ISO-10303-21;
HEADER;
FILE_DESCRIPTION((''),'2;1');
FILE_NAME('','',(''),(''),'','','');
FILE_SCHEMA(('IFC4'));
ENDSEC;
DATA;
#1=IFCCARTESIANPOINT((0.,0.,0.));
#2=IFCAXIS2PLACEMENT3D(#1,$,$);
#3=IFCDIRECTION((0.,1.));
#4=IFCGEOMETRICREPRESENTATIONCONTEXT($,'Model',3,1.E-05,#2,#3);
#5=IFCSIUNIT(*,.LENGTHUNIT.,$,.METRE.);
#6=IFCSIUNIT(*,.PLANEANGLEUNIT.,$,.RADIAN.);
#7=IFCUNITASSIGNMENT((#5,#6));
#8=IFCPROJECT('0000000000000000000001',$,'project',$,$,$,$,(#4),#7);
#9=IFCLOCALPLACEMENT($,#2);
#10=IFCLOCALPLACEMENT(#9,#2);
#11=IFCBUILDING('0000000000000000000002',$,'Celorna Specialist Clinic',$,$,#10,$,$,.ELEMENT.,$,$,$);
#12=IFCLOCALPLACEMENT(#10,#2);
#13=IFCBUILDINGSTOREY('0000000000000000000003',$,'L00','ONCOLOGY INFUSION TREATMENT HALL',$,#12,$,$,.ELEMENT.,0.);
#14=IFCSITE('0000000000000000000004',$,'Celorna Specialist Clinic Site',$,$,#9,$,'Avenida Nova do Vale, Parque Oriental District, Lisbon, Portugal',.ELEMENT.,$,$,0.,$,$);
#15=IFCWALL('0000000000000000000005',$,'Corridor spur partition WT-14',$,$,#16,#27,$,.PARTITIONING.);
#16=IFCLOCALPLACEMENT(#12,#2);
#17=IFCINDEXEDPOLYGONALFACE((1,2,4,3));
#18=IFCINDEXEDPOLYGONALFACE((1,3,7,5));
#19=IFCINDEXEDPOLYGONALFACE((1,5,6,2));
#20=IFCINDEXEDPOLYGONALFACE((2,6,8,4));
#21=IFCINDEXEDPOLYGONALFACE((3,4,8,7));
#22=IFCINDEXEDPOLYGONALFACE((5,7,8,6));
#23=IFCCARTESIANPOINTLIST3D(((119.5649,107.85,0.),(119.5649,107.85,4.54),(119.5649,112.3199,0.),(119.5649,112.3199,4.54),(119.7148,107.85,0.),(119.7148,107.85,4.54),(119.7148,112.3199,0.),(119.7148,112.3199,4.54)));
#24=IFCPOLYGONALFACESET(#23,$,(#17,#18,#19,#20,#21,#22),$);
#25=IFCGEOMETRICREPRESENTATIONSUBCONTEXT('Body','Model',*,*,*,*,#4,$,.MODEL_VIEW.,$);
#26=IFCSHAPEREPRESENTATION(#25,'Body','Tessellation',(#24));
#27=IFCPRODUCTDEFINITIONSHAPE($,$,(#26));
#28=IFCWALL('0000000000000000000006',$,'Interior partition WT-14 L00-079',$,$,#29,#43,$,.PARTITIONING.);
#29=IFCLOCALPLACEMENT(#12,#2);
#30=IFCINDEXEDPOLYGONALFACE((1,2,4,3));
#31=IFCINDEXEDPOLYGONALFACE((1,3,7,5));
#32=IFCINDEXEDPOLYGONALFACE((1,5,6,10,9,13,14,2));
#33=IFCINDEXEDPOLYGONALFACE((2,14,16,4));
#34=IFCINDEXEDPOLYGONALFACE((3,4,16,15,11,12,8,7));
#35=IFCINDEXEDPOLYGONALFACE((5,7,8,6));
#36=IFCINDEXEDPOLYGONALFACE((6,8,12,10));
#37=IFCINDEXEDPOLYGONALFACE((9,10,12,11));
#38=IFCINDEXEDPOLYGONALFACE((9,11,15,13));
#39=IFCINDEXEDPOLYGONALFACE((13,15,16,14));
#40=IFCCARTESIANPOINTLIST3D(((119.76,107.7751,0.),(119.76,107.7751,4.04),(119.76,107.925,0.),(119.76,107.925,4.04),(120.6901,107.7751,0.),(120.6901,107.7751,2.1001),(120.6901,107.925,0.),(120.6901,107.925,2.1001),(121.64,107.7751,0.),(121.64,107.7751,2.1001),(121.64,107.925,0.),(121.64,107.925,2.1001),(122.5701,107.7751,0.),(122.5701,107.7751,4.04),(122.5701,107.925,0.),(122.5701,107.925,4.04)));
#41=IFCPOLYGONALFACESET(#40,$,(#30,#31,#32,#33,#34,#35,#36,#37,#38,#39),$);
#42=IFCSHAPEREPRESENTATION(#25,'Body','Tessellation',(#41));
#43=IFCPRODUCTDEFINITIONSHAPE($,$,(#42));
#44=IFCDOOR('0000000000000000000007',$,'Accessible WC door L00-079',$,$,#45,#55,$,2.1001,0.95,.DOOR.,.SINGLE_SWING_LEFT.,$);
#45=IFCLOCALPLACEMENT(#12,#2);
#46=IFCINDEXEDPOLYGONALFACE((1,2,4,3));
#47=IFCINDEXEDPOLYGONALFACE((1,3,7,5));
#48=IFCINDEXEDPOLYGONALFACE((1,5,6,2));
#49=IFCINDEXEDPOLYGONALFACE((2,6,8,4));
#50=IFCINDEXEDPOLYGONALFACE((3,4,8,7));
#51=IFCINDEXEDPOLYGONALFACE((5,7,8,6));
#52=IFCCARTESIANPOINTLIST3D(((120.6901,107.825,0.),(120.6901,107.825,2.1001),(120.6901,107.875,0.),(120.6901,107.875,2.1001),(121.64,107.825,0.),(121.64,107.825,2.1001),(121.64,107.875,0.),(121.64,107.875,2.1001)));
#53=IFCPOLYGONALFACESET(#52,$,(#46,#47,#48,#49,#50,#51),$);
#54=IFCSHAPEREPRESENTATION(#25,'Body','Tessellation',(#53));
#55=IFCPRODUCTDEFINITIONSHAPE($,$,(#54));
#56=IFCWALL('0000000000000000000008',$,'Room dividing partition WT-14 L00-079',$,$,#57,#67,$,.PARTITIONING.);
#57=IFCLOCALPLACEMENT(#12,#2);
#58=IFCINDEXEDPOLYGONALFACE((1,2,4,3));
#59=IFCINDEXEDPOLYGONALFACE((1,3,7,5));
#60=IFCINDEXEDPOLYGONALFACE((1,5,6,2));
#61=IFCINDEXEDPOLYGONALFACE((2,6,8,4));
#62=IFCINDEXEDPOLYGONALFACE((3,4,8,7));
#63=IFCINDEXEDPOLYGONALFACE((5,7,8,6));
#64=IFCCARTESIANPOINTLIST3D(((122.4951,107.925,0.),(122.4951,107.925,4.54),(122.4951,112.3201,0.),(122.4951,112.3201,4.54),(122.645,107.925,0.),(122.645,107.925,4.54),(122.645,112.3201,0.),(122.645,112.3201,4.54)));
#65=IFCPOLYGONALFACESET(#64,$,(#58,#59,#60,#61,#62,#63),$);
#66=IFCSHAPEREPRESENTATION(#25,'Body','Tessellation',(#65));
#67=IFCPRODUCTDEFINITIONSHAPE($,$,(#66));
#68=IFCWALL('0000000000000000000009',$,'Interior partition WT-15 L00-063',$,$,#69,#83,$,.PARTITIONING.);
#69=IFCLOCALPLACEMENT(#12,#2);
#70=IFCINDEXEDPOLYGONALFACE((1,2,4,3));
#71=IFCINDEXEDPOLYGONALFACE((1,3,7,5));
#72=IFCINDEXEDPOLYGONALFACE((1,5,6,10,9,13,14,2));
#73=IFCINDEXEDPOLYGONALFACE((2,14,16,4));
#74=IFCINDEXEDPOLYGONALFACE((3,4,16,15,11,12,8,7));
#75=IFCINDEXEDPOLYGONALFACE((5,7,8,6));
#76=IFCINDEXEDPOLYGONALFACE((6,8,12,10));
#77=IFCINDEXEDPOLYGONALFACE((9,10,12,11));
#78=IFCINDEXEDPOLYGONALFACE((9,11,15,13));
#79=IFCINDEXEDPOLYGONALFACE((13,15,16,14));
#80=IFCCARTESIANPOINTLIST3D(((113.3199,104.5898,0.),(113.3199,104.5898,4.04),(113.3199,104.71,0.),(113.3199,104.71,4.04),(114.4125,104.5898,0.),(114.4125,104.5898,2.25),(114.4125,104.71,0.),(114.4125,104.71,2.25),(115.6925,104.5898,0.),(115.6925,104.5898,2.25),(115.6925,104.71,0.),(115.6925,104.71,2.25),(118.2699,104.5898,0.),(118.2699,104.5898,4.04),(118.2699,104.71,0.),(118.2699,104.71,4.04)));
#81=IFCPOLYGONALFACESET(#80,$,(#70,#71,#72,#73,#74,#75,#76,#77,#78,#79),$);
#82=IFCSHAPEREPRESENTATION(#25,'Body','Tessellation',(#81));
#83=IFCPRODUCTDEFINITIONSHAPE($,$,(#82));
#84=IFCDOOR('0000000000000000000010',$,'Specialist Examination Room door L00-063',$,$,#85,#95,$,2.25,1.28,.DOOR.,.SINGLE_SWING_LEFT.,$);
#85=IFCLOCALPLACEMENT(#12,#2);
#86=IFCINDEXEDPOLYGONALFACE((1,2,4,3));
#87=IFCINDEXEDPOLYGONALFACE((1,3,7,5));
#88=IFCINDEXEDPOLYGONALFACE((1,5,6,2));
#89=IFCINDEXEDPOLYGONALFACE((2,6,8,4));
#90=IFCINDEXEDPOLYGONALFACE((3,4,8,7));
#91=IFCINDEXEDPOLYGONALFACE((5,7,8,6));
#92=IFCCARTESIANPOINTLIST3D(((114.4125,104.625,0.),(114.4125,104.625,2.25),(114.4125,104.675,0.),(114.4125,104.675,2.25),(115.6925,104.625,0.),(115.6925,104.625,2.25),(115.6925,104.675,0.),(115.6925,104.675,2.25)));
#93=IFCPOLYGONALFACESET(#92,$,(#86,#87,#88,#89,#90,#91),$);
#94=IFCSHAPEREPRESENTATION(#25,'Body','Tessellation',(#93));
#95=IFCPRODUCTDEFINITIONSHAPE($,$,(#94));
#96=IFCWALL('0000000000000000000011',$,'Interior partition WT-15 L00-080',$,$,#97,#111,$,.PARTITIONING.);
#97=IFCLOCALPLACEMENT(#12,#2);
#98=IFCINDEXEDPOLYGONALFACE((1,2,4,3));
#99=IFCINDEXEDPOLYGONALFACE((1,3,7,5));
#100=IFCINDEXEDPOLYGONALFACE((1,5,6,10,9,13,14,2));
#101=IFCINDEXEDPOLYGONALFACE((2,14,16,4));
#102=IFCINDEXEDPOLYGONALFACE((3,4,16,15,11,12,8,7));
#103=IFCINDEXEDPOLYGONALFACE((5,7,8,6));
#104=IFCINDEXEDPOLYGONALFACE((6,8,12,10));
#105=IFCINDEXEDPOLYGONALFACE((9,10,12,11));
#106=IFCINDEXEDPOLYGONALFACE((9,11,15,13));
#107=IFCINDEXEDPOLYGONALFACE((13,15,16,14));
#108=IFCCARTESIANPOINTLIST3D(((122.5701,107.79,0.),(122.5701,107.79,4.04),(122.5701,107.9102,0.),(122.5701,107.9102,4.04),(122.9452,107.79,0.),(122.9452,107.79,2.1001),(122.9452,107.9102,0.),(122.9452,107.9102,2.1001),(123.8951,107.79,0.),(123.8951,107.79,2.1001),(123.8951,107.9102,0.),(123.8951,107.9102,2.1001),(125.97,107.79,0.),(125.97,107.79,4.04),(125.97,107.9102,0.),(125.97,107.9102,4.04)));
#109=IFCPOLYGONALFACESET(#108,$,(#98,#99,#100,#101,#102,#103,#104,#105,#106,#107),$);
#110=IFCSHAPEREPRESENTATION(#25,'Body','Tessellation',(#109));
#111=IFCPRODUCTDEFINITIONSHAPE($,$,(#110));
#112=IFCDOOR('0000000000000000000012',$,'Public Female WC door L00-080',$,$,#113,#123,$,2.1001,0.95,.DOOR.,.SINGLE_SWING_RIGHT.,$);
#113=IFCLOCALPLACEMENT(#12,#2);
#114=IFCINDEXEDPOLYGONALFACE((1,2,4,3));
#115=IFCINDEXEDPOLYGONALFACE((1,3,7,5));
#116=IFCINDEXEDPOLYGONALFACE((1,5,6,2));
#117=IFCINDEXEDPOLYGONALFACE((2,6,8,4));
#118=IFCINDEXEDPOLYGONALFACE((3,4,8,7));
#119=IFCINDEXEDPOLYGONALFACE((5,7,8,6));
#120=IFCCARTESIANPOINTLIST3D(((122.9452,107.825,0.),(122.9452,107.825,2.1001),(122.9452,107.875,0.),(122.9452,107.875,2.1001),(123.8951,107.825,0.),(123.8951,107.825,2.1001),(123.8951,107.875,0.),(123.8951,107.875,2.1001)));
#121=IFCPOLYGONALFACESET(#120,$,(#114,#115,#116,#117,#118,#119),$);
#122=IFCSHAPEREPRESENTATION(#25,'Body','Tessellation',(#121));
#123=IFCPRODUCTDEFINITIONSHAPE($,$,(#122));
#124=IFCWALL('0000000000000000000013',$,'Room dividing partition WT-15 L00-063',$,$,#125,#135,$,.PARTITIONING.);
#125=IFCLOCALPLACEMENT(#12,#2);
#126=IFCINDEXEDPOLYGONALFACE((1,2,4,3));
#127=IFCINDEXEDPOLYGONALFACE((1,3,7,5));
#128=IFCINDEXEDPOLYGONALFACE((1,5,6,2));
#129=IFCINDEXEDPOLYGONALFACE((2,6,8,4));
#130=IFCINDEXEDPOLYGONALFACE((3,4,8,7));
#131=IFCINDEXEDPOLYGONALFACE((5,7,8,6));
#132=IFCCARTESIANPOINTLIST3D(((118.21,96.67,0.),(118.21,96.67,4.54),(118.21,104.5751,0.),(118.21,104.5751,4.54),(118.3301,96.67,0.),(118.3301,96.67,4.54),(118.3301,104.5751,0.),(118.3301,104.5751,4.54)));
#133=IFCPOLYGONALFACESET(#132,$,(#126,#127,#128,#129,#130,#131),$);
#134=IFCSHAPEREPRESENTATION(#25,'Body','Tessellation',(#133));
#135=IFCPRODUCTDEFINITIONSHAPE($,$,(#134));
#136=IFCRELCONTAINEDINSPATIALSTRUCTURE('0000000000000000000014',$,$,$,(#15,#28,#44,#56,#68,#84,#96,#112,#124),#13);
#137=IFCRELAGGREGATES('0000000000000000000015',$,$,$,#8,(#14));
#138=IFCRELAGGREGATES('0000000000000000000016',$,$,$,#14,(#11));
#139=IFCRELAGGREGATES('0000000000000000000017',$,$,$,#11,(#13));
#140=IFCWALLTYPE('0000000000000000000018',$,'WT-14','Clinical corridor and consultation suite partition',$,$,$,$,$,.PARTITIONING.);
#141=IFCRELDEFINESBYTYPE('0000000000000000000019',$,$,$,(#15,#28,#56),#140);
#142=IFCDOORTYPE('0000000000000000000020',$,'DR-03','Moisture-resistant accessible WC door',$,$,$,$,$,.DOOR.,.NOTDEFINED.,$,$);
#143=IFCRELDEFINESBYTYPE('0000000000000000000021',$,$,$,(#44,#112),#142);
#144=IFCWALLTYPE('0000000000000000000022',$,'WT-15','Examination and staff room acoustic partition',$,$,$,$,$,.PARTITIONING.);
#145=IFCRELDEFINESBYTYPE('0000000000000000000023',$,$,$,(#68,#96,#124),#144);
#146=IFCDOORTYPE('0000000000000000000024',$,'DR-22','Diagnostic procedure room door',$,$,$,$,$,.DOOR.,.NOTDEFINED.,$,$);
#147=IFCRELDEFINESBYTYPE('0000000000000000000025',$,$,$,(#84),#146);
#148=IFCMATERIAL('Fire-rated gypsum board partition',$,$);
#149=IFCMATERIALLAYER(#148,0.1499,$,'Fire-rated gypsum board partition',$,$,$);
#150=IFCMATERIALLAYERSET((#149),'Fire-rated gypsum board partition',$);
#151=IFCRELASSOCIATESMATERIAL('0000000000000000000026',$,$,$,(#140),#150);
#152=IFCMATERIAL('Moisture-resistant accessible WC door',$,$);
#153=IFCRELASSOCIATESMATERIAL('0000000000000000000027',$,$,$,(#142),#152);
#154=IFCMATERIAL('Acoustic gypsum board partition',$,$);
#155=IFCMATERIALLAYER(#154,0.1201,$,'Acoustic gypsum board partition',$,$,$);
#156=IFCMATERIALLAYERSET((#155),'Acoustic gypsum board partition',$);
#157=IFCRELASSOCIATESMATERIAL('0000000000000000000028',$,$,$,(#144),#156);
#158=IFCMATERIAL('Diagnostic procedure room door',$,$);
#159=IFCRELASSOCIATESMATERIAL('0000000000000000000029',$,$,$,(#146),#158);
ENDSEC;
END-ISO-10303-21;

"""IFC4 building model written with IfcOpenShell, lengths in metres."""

from ifc_helpers import new_model, si_unit, direction, frame, frame_2d, origin, place, context, subcontext, project, spatial, rectangle, extrude, material, layer, layer_set, type_object, element, fill, save


model = new_model("IFC4")

# Units and contexts
model_context = context("Model", 3, precision=1e-05, world=origin(), true_north=direction((0.0, 1.0)))
body_context = subcontext(model_context, "Body", "Model", "MODEL_VIEW")
ifc_project = project(units=[si_unit("LENGTHUNIT", "METRE"), si_unit("PLANEANGLEUNIT", "RADIAN")], contexts=[model_context])

# Site, building, storey
site_placement = place(None, origin())
site = spatial("IfcSite", under=ifc_project, at=site_placement, Name="Celorna Specialist Clinic Site", LongName="Avenida Nova do Vale, Parque Oriental District, Lisbon, Portugal", CompositionType="ELEMENT", RefElevation=0.0)
building_placement = place(site_placement, origin())
building = spatial("IfcBuilding", under=site, at=building_placement, Name="Celorna Specialist Clinic", CompositionType="ELEMENT")
storey_placement = place(building_placement, origin())
storey = spatial("IfcBuildingStorey", under=building, at=storey_placement, Name="L00", Description="ONCOLOGY INFUSION TREATMENT HALL", CompositionType="ELEMENT", Elevation=0.0)

# Wall
ifc_material_1 = material(Name="Fire-rated gypsum board partition")
ifc_layer_1 = layer(ifc_material_1, 0.1499, Name="Fire-rated gypsum board partition")
ifc_layer_set_1 = layer_set([ifc_layer_1], Name="Fire-rated gypsum board partition")
wall_type_1 = type_object("IfcWallType", Name="WT-14", Description="Clinical corridor and consultation suite partition", PredefinedType="PARTITIONING", material=ifc_layer_set_1)
wall_1_placement = place(storey_placement, frame((119.6399, 107.8501, 0.0), z_axis=(0.0, 0.0, 1.0), x_axis=(0.0, 1.0, 0.0)))
element("IfcWall", 1, at=wall_1_placement, inside=storey, type_object=wall_type_1, Name="Corridor spur partition WT-14", PredefinedType="PARTITIONING", context=body_context, shape_type="SweptSolid", body=[
    extrude(rectangle(XDim=4.47, YDim=0.1499, at=frame_2d((2.2349, 0.0))), origin(), (0.0, 0.0, 1.0), 4.54),
])

# Wall, opening, door
wall_2_placement = place(storey_placement, frame((119.76, 107.8501, 0.0), z_axis=(0.0, 0.0, 1.0), x_axis=(1.0, 0.0, 0.0)))
wall_2 = element("IfcWall", 2, at=wall_2_placement, inside=storey, type_object=wall_type_1, Name="Interior partition WT-14 L00-079", PredefinedType="PARTITIONING", context=body_context, shape_type="SweptSolid", body=[
    extrude(rectangle(XDim=2.8101, YDim=0.1499, at=frame_2d((1.405, 0.0))), origin(), (0.0, 0.0, 1.0), 4.04),
])
opening_1_placement = place(wall_2_placement, frame((0.9299, 0.0, 0.0)))
opening_1 = element("IfcOpeningElement", 3, at=opening_1_placement, cuts=wall_2, PredefinedType="OPENING", context=body_context, shape_type="SweptSolid", body=[
    extrude(rectangle(XDim=0.95, YDim=2.1001, at=frame_2d((0.4751, 1.05))), frame((0.0, 0.085, 0.0), z_axis=(0.0, -1.0, 0.0), x_axis=(1.0, 0.0, 0.0)), (0.0, 0.0, 1.0), 0.1699),
])
ifc_material_2 = material(Name="Moisture-resistant accessible WC door")
door_type_1 = type_object("IfcDoorType", Name="DR-03", Description="Moisture-resistant accessible WC door", OperationType="NOTDEFINED", PredefinedType="DOOR", material=ifc_material_2)
door_1_placement = place(opening_1_placement, origin())
door_1 = element("IfcDoor", 4, at=door_1_placement, inside=storey, type_object=door_type_1, Name="Accessible WC door L00-079", OperationType="SINGLE_SWING_LEFT", OverallHeight=2.1001, OverallWidth=0.95, PredefinedType="DOOR", context=body_context, shape_type="SweptSolid", body=[
    extrude(rectangle(XDim=0.95, YDim=2.1001, at=frame_2d((0.4751, 1.05))), frame((0.0, 0.0249, 0.0), z_axis=(0.0, -1.0, 0.0), x_axis=(1.0, 0.0, 0.0)), (0.0, 0.0, 1.0), 0.05),
])
fill(opening_1, door_1)

# Wall
wall_3_placement = place(storey_placement, frame((122.5701, 107.925, 0.0), z_axis=(0.0, 0.0, 1.0), x_axis=(0.0, 1.0, 0.0)))
element("IfcWall", 5, at=wall_3_placement, inside=storey, type_object=wall_type_1, Name="Room dividing partition WT-14 L00-079", PredefinedType="PARTITIONING", context=body_context, shape_type="SweptSolid", body=[
    extrude(rectangle(XDim=4.395, YDim=0.1499, at=frame_2d((2.1975, 0.0))), origin(), (0.0, 0.0, 1.0), 4.54),
])

# Walls, openings, doors
ifc_material_3 = material(Name="Acoustic gypsum board partition")
ifc_layer_2 = layer(ifc_material_3, 0.1201, Name="Acoustic gypsum board partition")
ifc_layer_set_2 = layer_set([ifc_layer_2], Name="Acoustic gypsum board partition")
wall_type_2 = type_object("IfcWallType", Name="WT-15", Description="Examination and staff room acoustic partition", PredefinedType="PARTITIONING", material=ifc_layer_set_2)
wall_4_placement = place(storey_placement, frame((118.27, 104.6499, 0.0), z_axis=(0.0, 0.0, 1.0), x_axis=(-1.0, 0.0, 0.0)))
wall_4 = element("IfcWall", 6, at=wall_4_placement, inside=storey, type_object=wall_type_2, Name="Interior partition WT-15 L00-063", PredefinedType="PARTITIONING", context=body_context, shape_type="SweptSolid", body=[
    extrude(rectangle(XDim=4.95, YDim=0.1201, at=frame_2d((2.4751, 0.0))), origin(), (0.0, 0.0, 1.0), 4.04),
])
opening_2_placement = place(wall_4_placement, frame((2.5774, 0.0, 0.0)))
opening_2 = element("IfcOpeningElement", 7, at=opening_2_placement, cuts=wall_4, PredefinedType="OPENING", context=body_context, shape_type="SweptSolid", body=[
    extrude(rectangle(XDim=1.28, YDim=2.25, at=frame_2d((0.6401, 1.125))), frame((0.0, 0.0701, 0.0), z_axis=(0.0, -1.0, 0.0), x_axis=(1.0, 0.0, 0.0)), (0.0, 0.0, 1.0), 0.1401),
])
ifc_material_4 = material(Name="Diagnostic procedure room door")
door_type_2 = type_object("IfcDoorType", Name="DR-22", Description="Diagnostic procedure room door", OperationType="NOTDEFINED", PredefinedType="DOOR", material=ifc_material_4)
door_2_placement = place(opening_2_placement, origin())
door_2 = element("IfcDoor", 8, at=door_2_placement, inside=storey, type_object=door_type_2, Name="Specialist Examination Room door L00-063", OperationType="SINGLE_SWING_LEFT", OverallHeight=2.25, OverallWidth=1.28, PredefinedType="DOOR", context=body_context, shape_type="SweptSolid", body=[
    extrude(rectangle(XDim=1.28, YDim=2.25, at=frame_2d((0.6401, 1.125))), frame((0.0, 0.0249, 0.0), z_axis=(0.0, -1.0, 0.0), x_axis=(1.0, 0.0, 0.0)), (0.0, 0.0, 1.0), 0.05),
])
fill(opening_2, door_2)
wall_5_placement = place(storey_placement, frame((122.5701, 107.8501, 0.0), z_axis=(0.0, 0.0, 1.0), x_axis=(1.0, 0.0, 0.0)))
wall_5 = element("IfcWall", 9, at=wall_5_placement, inside=storey, type_object=wall_type_2, Name="Interior partition WT-15 L00-080", PredefinedType="PARTITIONING", context=body_context, shape_type="SweptSolid", body=[
    extrude(rectangle(XDim=3.3999, YDim=0.1201, at=frame_2d((1.7, 0.0))), origin(), (0.0, 0.0, 1.0), 4.04),
])
opening_3_placement = place(wall_5_placement, frame((0.375, 0.0, 0.0)))
opening_3 = element("IfcOpeningElement", 10, at=opening_3_placement, cuts=wall_5, PredefinedType="OPENING", context=body_context, shape_type="SweptSolid", body=[
    extrude(rectangle(XDim=0.95, YDim=2.1001, at=frame_2d((0.4751, 1.05))), frame((0.0, 0.0701, 0.0), z_axis=(0.0, -1.0, 0.0), x_axis=(1.0, 0.0, 0.0)), (0.0, 0.0, 1.0), 0.1401),
])
door_3_placement = place(opening_3_placement, origin())
door_3 = element("IfcDoor", 11, at=door_3_placement, inside=storey, type_object=door_type_1, Name="Public Female WC door L00-080", OperationType="SINGLE_SWING_RIGHT", OverallHeight=2.1001, OverallWidth=0.95, PredefinedType="DOOR", context=body_context, shape_type="SweptSolid", body=[
    extrude(rectangle(XDim=0.95, YDim=2.1001, at=frame_2d((0.4751, 1.05))), frame((0.0, 0.0249, 0.0), z_axis=(0.0, -1.0, 0.0), x_axis=(1.0, 0.0, 0.0)), (0.0, 0.0, 1.0), 0.05),
])
fill(opening_3, door_3)

# Wall
wall_6_placement = place(storey_placement, frame((118.27, 96.6699, 0.0), z_axis=(0.0, 0.0, 1.0), x_axis=(0.0, 1.0, 0.0)))
element("IfcWall", 12, at=wall_6_placement, inside=storey, type_object=wall_type_2, Name="Room dividing partition WT-15 L00-063", PredefinedType="PARTITIONING", context=body_context, shape_type="SweptSolid", body=[
    extrude(rectangle(XDim=7.905, YDim=0.1201, at=frame_2d((3.9526, 0.0))), origin(), (0.0, 0.0, 1.0), 4.54),
])

save(model, "model.ifc")
